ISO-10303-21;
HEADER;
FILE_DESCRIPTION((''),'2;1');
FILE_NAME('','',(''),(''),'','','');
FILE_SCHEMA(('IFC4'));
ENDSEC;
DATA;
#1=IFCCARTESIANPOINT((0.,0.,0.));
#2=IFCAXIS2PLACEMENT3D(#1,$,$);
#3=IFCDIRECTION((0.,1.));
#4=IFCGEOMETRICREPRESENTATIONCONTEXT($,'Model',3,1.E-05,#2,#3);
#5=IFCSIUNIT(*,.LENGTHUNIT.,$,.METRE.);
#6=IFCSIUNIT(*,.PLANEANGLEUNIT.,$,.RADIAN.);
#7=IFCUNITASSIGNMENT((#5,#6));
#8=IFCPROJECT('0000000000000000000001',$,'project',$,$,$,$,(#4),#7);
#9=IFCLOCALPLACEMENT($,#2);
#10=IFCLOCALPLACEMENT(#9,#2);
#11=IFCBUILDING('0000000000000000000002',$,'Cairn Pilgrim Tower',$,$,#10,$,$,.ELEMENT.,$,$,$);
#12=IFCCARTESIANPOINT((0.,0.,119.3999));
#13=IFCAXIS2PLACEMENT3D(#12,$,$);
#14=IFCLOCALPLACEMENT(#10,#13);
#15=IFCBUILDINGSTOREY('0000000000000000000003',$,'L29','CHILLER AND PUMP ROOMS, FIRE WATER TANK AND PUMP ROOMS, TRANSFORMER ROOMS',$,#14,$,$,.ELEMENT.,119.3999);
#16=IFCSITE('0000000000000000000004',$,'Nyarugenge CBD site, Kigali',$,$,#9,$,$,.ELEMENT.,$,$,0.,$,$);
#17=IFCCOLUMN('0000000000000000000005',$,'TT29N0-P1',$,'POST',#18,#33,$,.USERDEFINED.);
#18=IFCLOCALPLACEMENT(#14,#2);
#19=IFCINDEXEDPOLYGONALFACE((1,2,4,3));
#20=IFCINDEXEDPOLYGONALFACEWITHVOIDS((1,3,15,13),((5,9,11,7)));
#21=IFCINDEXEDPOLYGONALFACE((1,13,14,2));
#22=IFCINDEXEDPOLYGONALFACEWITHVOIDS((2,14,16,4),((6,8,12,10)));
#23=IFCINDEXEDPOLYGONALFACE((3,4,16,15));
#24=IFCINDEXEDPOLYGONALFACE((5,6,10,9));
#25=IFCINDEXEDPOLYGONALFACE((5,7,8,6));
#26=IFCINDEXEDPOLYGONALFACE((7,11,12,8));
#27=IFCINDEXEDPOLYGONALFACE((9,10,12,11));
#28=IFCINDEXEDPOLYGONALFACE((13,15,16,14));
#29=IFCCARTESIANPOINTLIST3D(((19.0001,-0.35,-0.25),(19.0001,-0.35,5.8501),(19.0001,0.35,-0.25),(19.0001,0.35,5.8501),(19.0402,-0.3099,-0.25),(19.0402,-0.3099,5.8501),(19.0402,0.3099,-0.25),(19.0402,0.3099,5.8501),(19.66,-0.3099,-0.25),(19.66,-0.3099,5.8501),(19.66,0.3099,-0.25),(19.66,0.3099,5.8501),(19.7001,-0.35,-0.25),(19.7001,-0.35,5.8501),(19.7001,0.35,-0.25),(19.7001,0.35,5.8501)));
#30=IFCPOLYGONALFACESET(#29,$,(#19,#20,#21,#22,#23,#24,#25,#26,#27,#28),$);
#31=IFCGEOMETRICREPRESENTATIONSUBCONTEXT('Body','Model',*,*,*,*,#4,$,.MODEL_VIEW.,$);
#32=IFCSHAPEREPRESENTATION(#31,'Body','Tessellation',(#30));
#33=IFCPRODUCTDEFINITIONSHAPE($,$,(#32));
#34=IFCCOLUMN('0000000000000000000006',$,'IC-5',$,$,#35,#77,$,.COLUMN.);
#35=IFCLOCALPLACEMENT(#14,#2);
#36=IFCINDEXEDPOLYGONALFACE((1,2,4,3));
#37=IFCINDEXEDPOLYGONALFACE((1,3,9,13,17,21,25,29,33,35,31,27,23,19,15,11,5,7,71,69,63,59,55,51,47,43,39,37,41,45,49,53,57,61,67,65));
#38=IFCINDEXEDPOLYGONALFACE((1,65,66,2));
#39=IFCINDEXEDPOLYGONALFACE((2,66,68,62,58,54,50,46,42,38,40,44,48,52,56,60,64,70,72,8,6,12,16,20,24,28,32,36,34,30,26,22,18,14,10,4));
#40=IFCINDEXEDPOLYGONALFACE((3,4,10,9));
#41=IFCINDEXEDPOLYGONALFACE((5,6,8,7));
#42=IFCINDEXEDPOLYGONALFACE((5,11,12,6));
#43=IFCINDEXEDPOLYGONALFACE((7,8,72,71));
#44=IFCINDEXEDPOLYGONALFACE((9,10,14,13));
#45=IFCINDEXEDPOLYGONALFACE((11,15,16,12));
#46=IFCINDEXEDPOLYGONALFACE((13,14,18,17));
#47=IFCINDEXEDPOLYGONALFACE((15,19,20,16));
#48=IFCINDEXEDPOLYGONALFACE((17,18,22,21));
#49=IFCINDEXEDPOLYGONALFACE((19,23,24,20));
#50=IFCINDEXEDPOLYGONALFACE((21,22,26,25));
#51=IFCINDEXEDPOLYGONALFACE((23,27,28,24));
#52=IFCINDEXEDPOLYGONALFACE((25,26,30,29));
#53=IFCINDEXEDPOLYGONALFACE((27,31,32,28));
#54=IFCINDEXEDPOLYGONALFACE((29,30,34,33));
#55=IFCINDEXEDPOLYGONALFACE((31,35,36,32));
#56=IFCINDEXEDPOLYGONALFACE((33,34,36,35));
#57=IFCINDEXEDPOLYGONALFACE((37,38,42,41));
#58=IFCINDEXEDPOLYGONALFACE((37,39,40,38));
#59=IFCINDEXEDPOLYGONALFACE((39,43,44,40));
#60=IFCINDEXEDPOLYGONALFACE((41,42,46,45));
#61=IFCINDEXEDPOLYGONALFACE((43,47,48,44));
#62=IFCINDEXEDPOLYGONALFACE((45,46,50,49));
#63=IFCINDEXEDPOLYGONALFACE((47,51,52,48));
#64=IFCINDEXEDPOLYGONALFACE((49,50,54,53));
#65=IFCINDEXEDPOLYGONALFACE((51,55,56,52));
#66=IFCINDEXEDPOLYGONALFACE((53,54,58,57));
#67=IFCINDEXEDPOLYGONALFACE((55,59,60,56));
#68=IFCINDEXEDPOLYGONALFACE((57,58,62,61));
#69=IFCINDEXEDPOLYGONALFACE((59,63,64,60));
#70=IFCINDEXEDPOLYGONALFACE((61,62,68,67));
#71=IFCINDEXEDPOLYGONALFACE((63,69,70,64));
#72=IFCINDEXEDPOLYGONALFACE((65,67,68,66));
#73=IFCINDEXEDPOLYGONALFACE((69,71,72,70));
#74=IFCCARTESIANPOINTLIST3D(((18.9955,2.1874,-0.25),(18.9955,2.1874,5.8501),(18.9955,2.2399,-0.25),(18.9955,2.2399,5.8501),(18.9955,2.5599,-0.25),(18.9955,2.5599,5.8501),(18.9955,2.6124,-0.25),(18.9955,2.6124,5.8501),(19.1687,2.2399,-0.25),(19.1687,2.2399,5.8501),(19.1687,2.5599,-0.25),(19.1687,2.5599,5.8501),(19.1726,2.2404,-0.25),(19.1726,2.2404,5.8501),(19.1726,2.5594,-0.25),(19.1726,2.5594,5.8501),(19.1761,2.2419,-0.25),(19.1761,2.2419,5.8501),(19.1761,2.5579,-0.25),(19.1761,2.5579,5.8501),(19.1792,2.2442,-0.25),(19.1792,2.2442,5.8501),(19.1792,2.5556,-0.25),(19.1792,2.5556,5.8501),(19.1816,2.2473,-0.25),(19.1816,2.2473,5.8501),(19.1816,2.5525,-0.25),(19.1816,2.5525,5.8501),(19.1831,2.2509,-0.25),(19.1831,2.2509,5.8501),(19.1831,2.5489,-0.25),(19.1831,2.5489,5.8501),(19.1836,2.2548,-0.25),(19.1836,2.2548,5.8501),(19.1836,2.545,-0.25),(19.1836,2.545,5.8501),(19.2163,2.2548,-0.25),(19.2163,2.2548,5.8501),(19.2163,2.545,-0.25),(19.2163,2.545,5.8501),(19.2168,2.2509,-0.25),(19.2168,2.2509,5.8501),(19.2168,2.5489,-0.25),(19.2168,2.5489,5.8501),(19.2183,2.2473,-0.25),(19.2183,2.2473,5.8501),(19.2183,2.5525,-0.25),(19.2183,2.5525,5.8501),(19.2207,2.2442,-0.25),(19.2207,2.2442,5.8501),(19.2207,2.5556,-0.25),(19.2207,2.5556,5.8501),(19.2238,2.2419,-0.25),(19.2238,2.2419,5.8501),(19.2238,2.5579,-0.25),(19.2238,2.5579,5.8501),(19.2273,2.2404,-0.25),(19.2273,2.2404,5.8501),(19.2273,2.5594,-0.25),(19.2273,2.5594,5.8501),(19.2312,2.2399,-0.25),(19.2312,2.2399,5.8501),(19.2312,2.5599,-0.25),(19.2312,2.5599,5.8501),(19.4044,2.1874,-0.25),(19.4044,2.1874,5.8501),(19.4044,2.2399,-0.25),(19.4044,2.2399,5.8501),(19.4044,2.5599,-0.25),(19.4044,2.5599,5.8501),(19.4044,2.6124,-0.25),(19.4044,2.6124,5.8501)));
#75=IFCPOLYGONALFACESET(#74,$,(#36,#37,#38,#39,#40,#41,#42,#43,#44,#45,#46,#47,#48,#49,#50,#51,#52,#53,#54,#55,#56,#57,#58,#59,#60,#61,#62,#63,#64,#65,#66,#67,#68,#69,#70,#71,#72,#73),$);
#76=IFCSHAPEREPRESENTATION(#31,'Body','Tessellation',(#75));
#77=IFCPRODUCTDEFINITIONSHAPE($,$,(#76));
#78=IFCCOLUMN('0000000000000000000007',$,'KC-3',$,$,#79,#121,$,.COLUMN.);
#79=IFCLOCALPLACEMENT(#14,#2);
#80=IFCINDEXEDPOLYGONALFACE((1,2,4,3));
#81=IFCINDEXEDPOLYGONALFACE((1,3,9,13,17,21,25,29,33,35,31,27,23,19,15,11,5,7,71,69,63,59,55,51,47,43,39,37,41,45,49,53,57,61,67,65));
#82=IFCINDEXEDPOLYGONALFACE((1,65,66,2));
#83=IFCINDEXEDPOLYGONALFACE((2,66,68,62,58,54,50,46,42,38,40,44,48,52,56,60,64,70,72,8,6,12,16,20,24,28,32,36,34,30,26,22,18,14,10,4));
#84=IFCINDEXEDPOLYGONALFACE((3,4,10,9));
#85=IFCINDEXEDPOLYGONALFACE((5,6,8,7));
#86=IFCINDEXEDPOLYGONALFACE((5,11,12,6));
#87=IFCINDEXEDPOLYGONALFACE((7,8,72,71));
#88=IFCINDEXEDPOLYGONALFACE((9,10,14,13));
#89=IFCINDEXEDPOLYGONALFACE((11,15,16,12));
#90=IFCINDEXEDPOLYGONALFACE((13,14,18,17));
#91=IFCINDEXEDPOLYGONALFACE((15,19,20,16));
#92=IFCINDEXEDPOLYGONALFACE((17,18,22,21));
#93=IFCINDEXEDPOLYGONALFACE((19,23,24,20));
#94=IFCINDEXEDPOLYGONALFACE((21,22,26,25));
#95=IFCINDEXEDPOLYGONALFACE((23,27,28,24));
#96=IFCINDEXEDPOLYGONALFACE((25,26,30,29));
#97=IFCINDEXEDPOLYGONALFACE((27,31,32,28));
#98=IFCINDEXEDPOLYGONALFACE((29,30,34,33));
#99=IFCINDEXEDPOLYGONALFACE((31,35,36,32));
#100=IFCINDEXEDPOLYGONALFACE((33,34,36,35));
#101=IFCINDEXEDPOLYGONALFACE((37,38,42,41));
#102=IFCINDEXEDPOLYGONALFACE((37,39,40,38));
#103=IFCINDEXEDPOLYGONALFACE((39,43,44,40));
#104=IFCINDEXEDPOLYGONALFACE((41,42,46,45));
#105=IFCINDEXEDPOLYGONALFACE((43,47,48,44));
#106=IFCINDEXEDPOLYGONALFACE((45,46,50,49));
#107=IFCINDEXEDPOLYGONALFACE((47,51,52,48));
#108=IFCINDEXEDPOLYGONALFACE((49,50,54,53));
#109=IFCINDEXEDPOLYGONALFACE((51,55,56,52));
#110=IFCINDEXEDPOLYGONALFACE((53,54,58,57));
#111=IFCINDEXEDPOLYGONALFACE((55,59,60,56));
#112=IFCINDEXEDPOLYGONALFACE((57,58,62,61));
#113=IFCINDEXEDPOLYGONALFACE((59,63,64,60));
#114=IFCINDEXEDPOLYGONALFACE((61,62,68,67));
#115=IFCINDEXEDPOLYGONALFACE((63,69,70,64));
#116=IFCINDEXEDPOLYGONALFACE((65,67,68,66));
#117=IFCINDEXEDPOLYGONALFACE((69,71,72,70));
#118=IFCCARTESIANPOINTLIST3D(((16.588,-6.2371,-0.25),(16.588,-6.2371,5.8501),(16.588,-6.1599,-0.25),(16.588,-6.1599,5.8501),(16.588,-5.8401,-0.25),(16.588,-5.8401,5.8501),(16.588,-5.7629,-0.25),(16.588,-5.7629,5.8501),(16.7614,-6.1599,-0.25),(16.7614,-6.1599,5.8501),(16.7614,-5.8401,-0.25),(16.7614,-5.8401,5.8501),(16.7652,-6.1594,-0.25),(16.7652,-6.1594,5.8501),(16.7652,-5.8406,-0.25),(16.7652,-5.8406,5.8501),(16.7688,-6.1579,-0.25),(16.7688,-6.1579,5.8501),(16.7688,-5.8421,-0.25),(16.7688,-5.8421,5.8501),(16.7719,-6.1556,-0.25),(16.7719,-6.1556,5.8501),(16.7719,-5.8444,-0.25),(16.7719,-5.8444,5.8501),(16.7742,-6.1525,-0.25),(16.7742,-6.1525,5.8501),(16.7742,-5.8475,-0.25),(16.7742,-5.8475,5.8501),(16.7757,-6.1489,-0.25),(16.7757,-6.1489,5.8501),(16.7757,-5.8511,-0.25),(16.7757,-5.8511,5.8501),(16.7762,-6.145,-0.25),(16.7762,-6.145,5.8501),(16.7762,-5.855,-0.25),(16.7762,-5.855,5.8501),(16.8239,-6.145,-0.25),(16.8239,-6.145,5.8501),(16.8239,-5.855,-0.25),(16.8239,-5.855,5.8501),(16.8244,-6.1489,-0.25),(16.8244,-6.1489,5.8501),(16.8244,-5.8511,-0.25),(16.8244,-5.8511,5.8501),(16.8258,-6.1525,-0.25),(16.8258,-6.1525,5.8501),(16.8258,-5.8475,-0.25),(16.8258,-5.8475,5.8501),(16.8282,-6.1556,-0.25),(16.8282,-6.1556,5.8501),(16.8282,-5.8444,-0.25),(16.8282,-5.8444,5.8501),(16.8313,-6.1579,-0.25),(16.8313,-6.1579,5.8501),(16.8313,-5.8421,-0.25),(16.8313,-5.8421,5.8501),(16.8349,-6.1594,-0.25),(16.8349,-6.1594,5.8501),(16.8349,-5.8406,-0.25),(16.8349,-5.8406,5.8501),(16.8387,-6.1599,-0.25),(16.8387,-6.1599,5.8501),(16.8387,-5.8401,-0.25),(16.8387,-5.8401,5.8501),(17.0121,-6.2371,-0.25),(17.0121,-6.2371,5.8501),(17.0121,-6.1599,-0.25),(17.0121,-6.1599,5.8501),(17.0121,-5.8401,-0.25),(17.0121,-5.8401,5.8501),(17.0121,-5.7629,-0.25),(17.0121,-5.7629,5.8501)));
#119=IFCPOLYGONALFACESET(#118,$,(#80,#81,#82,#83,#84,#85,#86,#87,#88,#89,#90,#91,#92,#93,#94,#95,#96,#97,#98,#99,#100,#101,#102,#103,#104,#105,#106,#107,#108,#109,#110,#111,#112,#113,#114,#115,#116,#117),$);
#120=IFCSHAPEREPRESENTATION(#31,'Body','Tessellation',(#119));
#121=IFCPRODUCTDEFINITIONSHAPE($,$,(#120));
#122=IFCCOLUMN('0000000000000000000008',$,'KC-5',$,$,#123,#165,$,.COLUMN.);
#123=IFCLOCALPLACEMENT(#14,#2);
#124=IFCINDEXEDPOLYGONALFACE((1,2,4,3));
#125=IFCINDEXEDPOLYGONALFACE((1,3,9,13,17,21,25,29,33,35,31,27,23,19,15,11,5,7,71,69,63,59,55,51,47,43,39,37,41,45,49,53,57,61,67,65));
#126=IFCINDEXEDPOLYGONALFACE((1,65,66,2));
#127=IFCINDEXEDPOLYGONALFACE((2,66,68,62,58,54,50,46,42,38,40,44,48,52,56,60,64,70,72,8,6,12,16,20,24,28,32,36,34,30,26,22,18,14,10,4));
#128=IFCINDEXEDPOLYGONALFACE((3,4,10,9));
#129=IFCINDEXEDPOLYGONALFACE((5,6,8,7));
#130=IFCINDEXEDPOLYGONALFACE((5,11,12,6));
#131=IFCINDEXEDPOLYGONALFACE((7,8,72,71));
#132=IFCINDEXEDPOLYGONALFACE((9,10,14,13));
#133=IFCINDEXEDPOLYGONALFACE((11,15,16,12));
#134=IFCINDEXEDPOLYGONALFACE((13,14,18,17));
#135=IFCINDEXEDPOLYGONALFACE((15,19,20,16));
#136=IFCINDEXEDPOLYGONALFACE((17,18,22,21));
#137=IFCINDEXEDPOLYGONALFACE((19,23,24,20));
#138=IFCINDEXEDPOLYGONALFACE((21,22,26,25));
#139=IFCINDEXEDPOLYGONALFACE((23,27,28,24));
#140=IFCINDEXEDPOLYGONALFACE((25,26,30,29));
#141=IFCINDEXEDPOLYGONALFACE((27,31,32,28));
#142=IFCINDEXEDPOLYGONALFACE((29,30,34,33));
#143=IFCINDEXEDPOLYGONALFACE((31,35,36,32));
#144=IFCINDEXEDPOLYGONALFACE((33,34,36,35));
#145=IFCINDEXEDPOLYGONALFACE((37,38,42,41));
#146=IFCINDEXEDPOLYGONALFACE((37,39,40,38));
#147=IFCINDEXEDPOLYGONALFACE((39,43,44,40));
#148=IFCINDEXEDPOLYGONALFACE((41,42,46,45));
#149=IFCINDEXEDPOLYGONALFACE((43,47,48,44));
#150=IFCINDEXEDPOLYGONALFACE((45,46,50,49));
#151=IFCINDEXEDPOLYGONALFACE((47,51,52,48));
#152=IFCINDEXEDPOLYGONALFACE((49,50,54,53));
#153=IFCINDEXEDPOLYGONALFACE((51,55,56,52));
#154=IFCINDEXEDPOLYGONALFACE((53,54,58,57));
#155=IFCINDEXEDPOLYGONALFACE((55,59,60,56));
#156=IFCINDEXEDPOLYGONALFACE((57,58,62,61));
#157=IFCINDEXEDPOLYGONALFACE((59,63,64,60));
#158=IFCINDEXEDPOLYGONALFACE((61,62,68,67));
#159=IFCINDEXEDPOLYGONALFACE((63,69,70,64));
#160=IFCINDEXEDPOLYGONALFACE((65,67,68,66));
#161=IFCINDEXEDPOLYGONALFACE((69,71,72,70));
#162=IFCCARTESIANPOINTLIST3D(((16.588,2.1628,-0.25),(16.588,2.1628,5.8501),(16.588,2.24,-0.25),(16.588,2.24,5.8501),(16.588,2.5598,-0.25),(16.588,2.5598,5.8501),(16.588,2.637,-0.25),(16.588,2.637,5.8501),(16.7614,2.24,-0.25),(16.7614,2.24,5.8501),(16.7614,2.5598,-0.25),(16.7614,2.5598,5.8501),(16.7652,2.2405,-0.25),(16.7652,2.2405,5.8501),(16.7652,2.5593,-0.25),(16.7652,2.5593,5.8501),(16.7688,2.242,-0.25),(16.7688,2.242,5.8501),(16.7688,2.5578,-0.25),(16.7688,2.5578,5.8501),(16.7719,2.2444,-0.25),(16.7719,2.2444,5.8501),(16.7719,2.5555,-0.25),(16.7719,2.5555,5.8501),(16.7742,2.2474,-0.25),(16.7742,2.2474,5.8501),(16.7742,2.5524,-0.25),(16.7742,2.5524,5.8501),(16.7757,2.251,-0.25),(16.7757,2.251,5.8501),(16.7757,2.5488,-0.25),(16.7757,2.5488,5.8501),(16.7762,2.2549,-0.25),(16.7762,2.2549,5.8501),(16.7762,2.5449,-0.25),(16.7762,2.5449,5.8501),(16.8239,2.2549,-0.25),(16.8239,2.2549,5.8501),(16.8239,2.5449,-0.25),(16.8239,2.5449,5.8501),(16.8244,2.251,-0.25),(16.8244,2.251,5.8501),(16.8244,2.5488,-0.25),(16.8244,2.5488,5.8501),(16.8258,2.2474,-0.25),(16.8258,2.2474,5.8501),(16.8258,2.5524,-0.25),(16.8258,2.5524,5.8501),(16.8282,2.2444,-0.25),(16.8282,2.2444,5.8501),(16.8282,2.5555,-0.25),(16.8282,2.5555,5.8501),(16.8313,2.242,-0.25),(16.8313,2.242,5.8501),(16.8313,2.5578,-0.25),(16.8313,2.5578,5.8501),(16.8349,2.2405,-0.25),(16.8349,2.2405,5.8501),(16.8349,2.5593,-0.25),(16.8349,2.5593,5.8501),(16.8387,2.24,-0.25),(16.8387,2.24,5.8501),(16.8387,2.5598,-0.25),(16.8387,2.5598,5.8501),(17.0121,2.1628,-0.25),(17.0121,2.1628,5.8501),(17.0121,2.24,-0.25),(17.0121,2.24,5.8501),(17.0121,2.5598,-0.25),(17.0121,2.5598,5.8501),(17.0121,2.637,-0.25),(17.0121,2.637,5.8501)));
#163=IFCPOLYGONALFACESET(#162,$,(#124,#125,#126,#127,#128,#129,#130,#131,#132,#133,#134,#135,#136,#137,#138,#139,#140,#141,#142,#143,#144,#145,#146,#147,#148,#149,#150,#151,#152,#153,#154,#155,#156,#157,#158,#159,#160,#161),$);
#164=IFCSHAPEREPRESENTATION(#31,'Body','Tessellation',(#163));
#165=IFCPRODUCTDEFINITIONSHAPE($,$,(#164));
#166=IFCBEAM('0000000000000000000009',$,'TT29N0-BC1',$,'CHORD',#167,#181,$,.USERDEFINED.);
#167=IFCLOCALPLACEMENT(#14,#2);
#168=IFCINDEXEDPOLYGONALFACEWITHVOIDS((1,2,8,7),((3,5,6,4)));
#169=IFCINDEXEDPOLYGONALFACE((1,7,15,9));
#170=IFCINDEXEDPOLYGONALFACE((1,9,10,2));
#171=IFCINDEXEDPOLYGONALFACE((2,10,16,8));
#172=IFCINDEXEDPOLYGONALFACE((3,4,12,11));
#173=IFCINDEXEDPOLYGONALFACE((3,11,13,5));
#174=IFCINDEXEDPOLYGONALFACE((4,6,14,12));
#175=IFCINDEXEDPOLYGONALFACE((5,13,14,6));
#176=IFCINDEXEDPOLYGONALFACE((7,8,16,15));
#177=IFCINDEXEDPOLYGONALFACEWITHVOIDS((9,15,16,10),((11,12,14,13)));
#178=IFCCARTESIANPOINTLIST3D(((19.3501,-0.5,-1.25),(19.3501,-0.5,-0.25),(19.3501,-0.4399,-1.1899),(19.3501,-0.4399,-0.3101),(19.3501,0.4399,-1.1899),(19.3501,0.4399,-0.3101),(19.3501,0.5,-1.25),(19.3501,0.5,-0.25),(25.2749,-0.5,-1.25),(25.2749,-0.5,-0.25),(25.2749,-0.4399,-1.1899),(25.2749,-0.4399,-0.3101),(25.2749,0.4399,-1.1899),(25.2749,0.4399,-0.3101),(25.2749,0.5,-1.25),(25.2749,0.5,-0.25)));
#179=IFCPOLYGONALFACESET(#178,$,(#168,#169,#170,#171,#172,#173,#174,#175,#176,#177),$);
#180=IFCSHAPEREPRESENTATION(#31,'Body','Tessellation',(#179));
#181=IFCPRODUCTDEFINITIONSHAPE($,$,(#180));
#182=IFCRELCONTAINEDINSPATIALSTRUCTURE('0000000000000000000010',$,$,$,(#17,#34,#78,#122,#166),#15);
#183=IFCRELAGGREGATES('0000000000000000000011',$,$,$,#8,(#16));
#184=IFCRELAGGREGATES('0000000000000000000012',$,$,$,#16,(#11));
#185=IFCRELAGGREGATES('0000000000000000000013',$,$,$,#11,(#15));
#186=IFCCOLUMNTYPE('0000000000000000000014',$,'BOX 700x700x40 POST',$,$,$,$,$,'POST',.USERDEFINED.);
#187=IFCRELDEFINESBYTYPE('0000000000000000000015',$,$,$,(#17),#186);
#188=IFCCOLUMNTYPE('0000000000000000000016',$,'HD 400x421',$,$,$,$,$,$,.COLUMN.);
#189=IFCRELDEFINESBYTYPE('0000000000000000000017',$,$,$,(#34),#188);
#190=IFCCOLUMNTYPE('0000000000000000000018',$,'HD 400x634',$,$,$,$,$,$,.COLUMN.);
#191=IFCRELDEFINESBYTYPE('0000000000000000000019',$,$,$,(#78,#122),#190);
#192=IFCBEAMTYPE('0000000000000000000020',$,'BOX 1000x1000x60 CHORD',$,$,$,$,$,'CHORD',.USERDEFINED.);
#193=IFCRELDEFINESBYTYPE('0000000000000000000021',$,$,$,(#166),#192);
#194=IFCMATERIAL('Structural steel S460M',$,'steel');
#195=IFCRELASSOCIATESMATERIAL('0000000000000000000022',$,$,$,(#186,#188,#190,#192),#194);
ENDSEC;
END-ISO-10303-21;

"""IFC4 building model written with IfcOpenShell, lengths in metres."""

from ifc_helpers import new_model, si_unit, direction, frame, origin, origin_2d, place, context, subcontext, project, spatial, hollow_rectangle, i_section, extrude, material, material_profile, profile_set, type_object, element, save


model = new_model("IFC4")

# Units and contexts
model_context = context("Model", 3, precision=1e-05, world=origin(), true_north=direction((0.0, 1.0)))
body_context = subcontext(model_context, "Body", "Model", "MODEL_VIEW")
ifc_project = project(units=[si_unit("LENGTHUNIT", "METRE"), si_unit("PLANEANGLEUNIT", "RADIAN")], contexts=[model_context])

# Site, building, storey
site_placement = place(None, origin())
site = spatial("IfcSite", under=ifc_project, at=site_placement, Name="Nyarugenge CBD site, Kigali", CompositionType="ELEMENT", RefElevation=0.0)
building_placement = place(site_placement, origin())
building = spatial("IfcBuilding", under=site, at=building_placement, Name="Cairn Pilgrim Tower", CompositionType="ELEMENT")
storey_placement = place(building_placement, frame((0.0, 0.0, 119.3999)))
storey = spatial("IfcBuildingStorey", under=building, at=storey_placement, Name="L29", Description="CHILLER AND PUMP ROOMS, FIRE WATER TANK AND PUMP ROOMS, TRANSFORMER ROOMS", CompositionType="ELEMENT", Elevation=119.3999)

# Columns
ifc_material_1 = material(Name="Structural steel S460M", Category="steel")
ifc_material_profile_1 = material_profile(ifc_material_1, hollow_rectangle(XDim=0.7, YDim=0.7, WallThickness=0.04, at=origin_2d()), Name="BOX 700x700x40")
ifc_profile_set_1 = profile_set([ifc_material_profile_1], Name="Structural steel S460M")
column_type_1 = type_object("IfcColumnType", Name="BOX 700x700x40 POST", ElementType="POST", PredefinedType="USERDEFINED", material=ifc_profile_set_1)
column_1_placement = place(storey_placement, frame((19.3501, 0.0, -0.25), z_axis=(0.0, 0.0, 1.0), x_axis=(1.0, 0.0, 0.0)))
element("IfcColumn", 1, at=column_1_placement, inside=storey, type_object=column_type_1, Name="TT29N0-P1", ObjectType="POST", PredefinedType="USERDEFINED", context=body_context, shape_type="SweptSolid", body=[
    extrude(hollow_rectangle(XDim=0.7, YDim=0.7, WallThickness=0.04, at=origin_2d()), origin(), (0.0, 0.0, 1.0), 6.1001),
])
ifc_material_profile_2 = material_profile(ifc_material_1, i_section(OverallWidth=0.4089, OverallDepth=0.425, WebThickness=0.0327, FlangeThickness=0.0525, FilletRadius=0.0149, at=origin_2d()), Name="HD 400x421")
ifc_profile_set_2 = profile_set([ifc_material_profile_2], Name="Structural steel S460M")
column_type_2 = type_object("IfcColumnType", Name="HD 400x421", PredefinedType="COLUMN", material=ifc_profile_set_2)
column_2_placement = place(storey_placement, frame((19.2, 2.3999, -0.25), z_axis=(0.0, 0.0, 1.0), x_axis=(1.0, 0.0, 0.0)))
element("IfcColumn", 2, at=column_2_placement, inside=storey, type_object=column_type_2, Name="IC-5", PredefinedType="COLUMN", context=body_context, shape_type="SweptSolid", body=[
    extrude(i_section(OverallWidth=0.4089, OverallDepth=0.425, WebThickness=0.0327, FlangeThickness=0.0525, FilletRadius=0.0149, at=origin_2d()), origin(), (0.0, 0.0, 1.0), 6.1001),
])
ifc_material_profile_3 = material_profile(ifc_material_1, i_section(OverallWidth=0.4241, OverallDepth=0.4741, WebThickness=0.0476, FlangeThickness=0.0771, FilletRadius=0.0149, at=origin_2d()), Name="HD 400x634")
ifc_profile_set_3 = profile_set([ifc_material_profile_3], Name="Structural steel S460M")
column_type_3 = type_object("IfcColumnType", Name="HD 400x634", PredefinedType="COLUMN", material=ifc_profile_set_3)
for number, where, z_axis, x_axis, name in (
    (3, (16.8, -6.0, -0.25), (0.0, 0.0, 1.0), (1.0, 0.0, 0.0), "KC-3"),
    (4, (16.8, 2.3999, -0.25), (0.0, 0.0, 1.0), (1.0, 0.0, 0.0), "KC-5"),
):
    element("IfcColumn", number, at=place(storey_placement, frame(where, z_axis=z_axis, x_axis=x_axis)), inside=storey, type_object=column_type_3, Name=name, PredefinedType="COLUMN", context=body_context, shape_type="SweptSolid", body=[
        extrude(i_section(OverallWidth=0.4241, OverallDepth=0.4741, WebThickness=0.0476, FlangeThickness=0.0771, FilletRadius=0.0149, at=origin_2d()), origin(), (0.0, 0.0, 1.0), 6.1001),
    ])

# Beam
ifc_material_profile_4 = material_profile(ifc_material_1, hollow_rectangle(XDim=1.0, YDim=1.0, WallThickness=0.0601, at=origin_2d()), Name="BOX 1000x1000x60")
ifc_profile_set_4 = profile_set([ifc_material_profile_4], Name="Structural steel S460M")
beam_type_1 = type_object("IfcBeamType", Name="BOX 1000x1000x60 CHORD", ElementType="CHORD", PredefinedType="USERDEFINED", material=ifc_profile_set_4)
beam_1_placement = place(storey_placement, frame((19.3501, 0.0, -0.75), z_axis=(1.0, 0.0, 0.0), x_axis=(0.0, 1.0, 0.0)))
element("IfcBeam", 5, at=beam_1_placement, inside=storey, type_object=beam_type_1, Name="TT29N0-BC1", ObjectType="CHORD", PredefinedType="USERDEFINED", context=body_context, shape_type="SweptSolid", body=[
    extrude(hollow_rectangle(XDim=1.0, YDim=1.0, WallThickness=0.0601, at=origin_2d()), origin(), (0.0, 0.0, 1.0), 5.9248),
])

save(model, "model.ifc")
